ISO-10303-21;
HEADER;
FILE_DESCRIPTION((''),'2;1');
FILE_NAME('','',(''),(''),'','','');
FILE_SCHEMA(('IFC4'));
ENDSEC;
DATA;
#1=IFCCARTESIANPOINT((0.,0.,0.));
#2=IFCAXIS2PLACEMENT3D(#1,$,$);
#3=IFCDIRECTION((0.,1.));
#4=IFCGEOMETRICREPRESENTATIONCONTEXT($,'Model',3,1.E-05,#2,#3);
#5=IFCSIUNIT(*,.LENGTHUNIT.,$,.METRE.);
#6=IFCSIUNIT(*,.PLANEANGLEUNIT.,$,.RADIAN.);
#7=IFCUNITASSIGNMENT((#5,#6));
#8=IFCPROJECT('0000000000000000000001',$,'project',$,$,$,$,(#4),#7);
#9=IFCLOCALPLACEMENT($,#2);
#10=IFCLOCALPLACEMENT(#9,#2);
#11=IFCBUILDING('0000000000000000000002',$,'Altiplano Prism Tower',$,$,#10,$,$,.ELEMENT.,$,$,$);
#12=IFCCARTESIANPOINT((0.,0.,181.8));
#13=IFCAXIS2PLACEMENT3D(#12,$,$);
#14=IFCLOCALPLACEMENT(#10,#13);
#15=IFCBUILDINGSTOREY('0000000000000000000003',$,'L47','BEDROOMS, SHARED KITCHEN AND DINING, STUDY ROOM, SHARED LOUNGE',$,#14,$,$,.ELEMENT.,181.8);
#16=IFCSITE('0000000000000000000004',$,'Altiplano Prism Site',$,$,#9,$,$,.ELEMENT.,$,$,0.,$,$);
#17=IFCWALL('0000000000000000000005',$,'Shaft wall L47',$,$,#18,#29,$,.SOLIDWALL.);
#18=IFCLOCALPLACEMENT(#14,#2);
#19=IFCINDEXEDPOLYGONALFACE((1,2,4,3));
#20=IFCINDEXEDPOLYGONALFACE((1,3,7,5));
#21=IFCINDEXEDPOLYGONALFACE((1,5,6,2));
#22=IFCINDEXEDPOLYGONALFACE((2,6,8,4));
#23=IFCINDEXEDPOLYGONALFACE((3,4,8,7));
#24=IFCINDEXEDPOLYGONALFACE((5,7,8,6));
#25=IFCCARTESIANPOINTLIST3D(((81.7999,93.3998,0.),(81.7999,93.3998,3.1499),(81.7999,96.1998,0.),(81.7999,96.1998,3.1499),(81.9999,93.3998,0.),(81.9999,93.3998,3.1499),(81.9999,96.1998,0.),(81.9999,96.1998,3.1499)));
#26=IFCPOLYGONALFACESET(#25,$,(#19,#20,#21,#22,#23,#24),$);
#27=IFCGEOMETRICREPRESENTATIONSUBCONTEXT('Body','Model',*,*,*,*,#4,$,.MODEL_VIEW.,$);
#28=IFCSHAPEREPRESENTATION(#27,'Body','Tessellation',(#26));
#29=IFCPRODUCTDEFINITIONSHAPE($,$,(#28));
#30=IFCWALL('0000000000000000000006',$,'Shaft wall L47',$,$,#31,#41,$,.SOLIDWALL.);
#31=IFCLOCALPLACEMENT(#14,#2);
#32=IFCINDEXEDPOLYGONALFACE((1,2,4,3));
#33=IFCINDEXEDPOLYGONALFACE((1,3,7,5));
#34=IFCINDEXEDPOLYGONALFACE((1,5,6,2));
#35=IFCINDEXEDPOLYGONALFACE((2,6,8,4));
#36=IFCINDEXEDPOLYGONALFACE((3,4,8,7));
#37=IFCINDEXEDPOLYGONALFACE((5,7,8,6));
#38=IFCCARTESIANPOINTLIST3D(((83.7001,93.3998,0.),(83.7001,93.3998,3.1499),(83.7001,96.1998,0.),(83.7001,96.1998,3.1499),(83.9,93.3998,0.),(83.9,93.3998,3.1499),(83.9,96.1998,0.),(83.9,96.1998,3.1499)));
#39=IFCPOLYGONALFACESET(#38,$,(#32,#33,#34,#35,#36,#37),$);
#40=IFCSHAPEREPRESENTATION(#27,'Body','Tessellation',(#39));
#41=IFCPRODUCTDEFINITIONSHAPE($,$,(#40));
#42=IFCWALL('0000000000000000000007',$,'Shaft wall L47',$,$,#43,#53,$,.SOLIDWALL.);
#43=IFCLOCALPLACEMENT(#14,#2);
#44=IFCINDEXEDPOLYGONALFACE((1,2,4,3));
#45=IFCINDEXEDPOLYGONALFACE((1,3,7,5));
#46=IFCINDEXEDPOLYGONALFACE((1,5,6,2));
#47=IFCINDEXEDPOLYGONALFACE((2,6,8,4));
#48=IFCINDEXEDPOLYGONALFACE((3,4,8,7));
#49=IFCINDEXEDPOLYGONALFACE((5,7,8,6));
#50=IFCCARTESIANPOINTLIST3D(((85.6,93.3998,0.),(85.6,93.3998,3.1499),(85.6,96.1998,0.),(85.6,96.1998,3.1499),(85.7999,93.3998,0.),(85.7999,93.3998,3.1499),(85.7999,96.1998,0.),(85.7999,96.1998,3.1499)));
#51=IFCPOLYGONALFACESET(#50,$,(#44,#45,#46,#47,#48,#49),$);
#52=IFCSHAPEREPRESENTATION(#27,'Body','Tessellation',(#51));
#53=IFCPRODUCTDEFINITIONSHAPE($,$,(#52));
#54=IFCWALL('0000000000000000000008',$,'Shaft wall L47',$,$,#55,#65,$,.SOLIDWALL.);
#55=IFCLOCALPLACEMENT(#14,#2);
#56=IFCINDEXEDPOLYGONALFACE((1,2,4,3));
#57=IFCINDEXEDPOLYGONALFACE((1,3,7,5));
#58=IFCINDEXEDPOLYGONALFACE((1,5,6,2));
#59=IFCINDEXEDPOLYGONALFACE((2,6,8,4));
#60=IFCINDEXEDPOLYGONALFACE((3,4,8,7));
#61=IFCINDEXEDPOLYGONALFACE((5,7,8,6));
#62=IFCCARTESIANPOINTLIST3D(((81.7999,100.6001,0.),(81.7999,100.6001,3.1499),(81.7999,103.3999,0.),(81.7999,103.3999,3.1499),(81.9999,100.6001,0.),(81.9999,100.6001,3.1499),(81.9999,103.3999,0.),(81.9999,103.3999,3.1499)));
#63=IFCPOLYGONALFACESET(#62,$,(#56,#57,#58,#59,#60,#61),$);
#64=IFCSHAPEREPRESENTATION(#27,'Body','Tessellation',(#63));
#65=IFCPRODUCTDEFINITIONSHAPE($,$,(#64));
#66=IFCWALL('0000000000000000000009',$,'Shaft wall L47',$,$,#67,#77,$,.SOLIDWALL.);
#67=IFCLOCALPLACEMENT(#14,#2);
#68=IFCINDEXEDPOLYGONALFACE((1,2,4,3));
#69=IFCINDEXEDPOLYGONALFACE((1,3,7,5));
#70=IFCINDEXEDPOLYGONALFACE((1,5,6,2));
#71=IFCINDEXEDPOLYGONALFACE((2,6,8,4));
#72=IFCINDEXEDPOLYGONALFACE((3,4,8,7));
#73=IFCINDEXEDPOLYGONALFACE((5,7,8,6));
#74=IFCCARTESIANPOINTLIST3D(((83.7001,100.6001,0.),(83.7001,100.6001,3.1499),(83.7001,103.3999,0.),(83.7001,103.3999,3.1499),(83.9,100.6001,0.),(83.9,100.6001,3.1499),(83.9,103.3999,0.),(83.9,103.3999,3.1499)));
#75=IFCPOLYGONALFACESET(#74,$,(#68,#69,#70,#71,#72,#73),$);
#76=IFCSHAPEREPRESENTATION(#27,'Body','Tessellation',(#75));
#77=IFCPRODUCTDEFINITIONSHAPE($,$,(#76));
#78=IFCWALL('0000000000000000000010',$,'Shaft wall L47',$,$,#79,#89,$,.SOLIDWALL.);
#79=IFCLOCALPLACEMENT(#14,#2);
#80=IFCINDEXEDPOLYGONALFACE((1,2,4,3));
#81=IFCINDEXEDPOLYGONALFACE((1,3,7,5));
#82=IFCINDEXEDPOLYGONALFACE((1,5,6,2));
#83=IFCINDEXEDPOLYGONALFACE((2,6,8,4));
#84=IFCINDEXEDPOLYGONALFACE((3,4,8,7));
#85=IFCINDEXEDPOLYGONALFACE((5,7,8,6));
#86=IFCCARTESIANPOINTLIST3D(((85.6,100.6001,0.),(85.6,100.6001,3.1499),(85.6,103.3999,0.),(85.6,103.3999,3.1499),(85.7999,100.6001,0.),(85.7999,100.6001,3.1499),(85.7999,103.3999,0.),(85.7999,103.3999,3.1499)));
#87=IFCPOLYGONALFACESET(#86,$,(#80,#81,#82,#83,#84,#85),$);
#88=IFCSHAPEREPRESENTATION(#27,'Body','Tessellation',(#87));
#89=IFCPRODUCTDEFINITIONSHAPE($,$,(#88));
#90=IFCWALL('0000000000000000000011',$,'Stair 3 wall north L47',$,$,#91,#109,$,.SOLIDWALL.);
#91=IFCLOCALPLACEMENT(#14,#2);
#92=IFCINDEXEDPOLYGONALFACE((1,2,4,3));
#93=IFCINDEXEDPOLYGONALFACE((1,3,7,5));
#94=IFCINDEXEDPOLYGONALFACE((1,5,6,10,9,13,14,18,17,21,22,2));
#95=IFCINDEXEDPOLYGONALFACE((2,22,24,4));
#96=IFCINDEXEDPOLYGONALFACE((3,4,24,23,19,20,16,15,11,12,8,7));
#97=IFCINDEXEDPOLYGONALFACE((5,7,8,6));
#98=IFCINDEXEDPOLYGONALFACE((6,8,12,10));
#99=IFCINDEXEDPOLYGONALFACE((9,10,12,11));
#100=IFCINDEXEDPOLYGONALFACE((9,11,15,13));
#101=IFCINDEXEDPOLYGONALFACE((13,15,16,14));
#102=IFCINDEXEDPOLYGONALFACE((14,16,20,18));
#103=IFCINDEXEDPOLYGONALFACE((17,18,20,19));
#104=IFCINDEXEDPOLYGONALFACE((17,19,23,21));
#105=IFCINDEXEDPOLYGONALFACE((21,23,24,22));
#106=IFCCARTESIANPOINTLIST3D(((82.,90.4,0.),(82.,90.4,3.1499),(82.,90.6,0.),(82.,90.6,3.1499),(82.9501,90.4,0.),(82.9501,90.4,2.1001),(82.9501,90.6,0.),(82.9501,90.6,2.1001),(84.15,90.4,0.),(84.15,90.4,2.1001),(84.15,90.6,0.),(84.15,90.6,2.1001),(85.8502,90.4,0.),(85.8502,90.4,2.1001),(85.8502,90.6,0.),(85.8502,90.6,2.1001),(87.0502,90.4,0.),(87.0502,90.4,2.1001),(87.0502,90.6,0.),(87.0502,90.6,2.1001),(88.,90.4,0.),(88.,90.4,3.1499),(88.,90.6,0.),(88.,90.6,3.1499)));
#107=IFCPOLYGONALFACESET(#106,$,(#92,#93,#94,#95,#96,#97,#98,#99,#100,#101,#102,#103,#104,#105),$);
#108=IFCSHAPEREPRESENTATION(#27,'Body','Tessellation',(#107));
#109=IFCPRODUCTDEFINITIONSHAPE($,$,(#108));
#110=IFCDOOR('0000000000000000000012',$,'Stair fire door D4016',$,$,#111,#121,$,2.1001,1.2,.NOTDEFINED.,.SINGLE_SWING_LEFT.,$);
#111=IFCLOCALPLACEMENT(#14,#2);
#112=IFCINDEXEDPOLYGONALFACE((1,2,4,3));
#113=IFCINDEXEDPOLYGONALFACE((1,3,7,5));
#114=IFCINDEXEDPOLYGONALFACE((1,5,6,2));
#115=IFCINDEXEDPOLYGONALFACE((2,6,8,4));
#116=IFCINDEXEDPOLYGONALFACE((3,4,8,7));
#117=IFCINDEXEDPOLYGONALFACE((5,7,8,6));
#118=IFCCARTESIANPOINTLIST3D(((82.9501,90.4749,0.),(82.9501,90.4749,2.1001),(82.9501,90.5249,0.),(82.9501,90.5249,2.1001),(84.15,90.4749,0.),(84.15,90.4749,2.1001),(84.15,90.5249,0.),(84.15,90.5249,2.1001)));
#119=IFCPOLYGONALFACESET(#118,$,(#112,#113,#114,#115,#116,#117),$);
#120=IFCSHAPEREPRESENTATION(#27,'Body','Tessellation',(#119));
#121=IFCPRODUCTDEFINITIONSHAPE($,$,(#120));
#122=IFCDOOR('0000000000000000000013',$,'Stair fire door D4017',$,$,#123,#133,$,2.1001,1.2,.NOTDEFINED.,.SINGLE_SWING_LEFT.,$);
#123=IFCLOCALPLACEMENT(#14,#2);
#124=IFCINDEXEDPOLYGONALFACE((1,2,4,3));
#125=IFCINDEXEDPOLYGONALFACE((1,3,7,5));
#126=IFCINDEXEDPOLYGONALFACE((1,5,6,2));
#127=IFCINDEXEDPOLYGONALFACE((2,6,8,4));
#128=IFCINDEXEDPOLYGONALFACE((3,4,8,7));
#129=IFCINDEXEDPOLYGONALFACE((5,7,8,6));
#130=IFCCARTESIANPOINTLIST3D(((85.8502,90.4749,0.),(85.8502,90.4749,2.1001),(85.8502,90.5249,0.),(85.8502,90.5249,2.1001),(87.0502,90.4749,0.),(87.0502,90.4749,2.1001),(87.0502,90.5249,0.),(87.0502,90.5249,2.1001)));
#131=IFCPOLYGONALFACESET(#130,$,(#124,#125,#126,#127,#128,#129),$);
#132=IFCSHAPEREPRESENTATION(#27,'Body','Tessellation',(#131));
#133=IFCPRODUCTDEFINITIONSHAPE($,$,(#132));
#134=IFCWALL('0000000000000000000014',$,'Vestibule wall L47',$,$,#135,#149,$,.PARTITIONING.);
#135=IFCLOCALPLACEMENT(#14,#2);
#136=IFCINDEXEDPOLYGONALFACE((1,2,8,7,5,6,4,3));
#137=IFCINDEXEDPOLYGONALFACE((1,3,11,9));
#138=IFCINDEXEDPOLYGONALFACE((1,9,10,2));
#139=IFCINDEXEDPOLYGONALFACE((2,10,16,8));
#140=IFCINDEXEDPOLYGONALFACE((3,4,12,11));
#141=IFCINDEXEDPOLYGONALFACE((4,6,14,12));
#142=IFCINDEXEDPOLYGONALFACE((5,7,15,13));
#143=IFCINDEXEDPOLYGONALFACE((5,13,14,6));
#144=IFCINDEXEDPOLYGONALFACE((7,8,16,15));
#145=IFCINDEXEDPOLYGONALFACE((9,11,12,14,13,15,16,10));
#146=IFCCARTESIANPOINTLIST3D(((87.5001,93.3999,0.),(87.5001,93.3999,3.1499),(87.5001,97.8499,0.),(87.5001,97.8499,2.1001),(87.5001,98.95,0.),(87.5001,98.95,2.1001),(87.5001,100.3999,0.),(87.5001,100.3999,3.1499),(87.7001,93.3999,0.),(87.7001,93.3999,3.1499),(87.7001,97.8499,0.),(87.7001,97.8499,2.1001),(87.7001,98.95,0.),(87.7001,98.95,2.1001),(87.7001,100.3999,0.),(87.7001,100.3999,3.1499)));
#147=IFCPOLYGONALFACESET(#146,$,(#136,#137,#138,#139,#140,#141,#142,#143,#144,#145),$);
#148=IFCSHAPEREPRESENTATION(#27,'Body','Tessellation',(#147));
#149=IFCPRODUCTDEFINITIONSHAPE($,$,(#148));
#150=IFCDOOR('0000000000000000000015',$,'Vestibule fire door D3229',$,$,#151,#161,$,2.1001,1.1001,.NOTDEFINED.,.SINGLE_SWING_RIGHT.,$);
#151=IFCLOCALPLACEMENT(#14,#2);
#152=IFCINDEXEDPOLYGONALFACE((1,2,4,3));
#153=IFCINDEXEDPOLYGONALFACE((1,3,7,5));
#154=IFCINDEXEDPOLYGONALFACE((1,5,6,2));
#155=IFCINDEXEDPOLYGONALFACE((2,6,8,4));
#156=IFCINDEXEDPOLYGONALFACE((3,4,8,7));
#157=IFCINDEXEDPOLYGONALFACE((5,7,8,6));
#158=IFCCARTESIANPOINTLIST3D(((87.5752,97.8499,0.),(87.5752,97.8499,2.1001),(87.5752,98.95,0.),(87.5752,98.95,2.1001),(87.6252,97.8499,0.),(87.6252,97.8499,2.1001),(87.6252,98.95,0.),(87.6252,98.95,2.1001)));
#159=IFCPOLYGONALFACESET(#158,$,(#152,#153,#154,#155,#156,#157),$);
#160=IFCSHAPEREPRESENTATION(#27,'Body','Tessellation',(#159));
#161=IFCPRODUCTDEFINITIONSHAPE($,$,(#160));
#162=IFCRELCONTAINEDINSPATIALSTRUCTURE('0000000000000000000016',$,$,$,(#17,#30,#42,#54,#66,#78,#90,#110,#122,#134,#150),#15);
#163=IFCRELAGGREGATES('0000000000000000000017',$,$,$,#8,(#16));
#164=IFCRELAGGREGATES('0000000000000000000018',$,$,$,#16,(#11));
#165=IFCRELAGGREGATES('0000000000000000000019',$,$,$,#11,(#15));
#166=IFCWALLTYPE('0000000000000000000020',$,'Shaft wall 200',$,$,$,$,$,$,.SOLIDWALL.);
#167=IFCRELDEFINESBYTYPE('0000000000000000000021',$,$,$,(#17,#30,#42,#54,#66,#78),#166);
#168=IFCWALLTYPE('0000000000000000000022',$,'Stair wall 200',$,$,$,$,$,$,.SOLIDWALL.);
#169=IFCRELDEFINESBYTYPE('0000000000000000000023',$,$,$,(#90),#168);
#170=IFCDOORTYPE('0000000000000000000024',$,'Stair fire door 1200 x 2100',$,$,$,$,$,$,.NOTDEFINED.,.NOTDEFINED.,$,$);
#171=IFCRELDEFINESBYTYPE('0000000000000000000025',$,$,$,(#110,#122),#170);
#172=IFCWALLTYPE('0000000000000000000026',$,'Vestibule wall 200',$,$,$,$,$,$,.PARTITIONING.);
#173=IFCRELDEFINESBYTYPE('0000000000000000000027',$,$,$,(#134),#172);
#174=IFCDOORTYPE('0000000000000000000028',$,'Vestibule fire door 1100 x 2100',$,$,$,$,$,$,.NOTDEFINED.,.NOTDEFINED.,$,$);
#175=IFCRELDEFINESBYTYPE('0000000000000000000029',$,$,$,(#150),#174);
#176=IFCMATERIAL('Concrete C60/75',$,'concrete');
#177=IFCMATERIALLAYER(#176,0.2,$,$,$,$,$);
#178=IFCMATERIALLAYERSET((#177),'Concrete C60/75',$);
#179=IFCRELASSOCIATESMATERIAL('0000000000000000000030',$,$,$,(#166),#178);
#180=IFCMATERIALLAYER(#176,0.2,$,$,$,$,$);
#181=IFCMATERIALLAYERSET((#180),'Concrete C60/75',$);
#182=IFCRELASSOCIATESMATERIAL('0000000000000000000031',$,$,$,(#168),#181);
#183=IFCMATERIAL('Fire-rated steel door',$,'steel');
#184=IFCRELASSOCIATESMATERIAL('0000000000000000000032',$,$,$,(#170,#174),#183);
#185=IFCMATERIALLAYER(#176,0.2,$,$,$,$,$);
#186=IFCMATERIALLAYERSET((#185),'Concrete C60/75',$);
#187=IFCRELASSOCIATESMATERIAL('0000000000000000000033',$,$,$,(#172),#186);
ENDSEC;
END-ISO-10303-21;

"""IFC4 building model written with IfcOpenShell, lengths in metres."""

from ifc_helpers import new_model, si_unit, direction, frame, frame_2d, origin, place, context, subcontext, project, spatial, rectangle, extrude, material, layer, layer_set, type_object, element, fill, save


model = new_model("IFC4")

# Units and contexts
model_context = context("Model", 3, precision=1e-05, world=origin(), true_north=direction((0.0, 1.0)))
body_context = subcontext(model_context, "Body", "Model", "MODEL_VIEW")
ifc_project = project(units=[si_unit("LENGTHUNIT", "METRE"), si_unit("PLANEANGLEUNIT", "RADIAN")], contexts=[model_context])

# Site, building, storey
site_placement = place(None, origin())
site = spatial("IfcSite", under=ifc_project, at=site_placement, Name="Altiplano Prism Site", CompositionType="ELEMENT", RefElevation=0.0)
building_placement = place(site_placement, origin())
building = spatial("IfcBuilding", under=site, at=building_placement, Name="Altiplano Prism Tower", CompositionType="ELEMENT")
storey_placement = place(building_placement, frame((0.0, 0.0, 181.8)))
storey = spatial("IfcBuildingStorey", under=building, at=storey_placement, Name="L47", Description="BEDROOMS, SHARED KITCHEN AND DINING, STUDY ROOM, SHARED LOUNGE", CompositionType="ELEMENT", Elevation=181.8)

# Walls
ifc_material_1 = material(Name="Concrete C60/75", Category="concrete")
ifc_layer_1 = layer(ifc_material_1, 0.2)
ifc_layer_set_1 = layer_set([ifc_layer_1], Name="Concrete C60/75")
wall_type_1 = type_object("IfcWallType", Name="Shaft wall 200", PredefinedType="SOLIDWALL", material=ifc_layer_set_1)
for number, where, z_axis, x_axis, name in (
    (1, (81.8999, 93.3999, 0.0), (0.0, 0.0, 1.0), (0.0, 1.0, 0.0), "Shaft wall L47"),
    (2, (83.8, 93.3999, 0.0), (0.0, 0.0, 1.0), (0.0, 1.0, 0.0), "Shaft wall L47"),
    (3, (85.7, 93.3999, 0.0), (0.0, 0.0, 1.0), (0.0, 1.0, 0.0), "Shaft wall L47"),
):
    element("IfcWall", number, at=place(storey_placement, frame(where, z_axis=z_axis, x_axis=x_axis)), inside=storey, type_object=wall_type_1, Name=name, PredefinedType="SOLIDWALL", context=body_context, shape_type="SweptSolid", body=[
        extrude(rectangle(XDim=2.8, YDim=0.2, at=frame_2d((1.3999, 0.0))), origin(), (0.0, 0.0, 1.0), 3.1499),
    ])
for number, where, z_axis, x_axis, name in (
    (4, (81.8999, 100.6001, 0.0), (0.0, 0.0, 1.0), (0.0, 1.0, 0.0), "Shaft wall L47"),
    (5, (83.8, 100.6001, 0.0), (0.0, 0.0, 1.0), (0.0, 1.0, 0.0), "Shaft wall L47"),
    (6, (85.7, 100.6001, 0.0), (0.0, 0.0, 1.0), (0.0, 1.0, 0.0), "Shaft wall L47"),
):
    element("IfcWall", number, at=place(storey_placement, frame(where, z_axis=z_axis, x_axis=x_axis)), inside=storey, type_object=wall_type_1, Name=name, PredefinedType="SOLIDWALL", context=body_context, shape_type="SweptSolid", body=[
        extrude(rectangle(XDim=2.7998, YDim=0.2, at=frame_2d((1.3999, 0.0))), origin(), (0.0, 0.0, 1.0), 3.1499),
    ])

# Wall, openings, doors
ifc_layer_2 = layer(ifc_material_1, 0.2)
ifc_layer_set_2 = layer_set([ifc_layer_2], Name="Concrete C60/75")
wall_type_2 = type_object("IfcWallType", Name="Stair wall 200", PredefinedType="SOLIDWALL", material=ifc_layer_set_2)
wall_1_placement = place(storey_placement, frame((82.0, 90.5, 0.0), z_axis=(0.0, 0.0, 1.0), x_axis=(1.0, 0.0, 0.0)))
wall_1 = element("IfcWall", 7, at=wall_1_placement, inside=storey, type_object=wall_type_2, Name="Stair 3 wall north L47", PredefinedType="SOLIDWALL", context=body_context, shape_type="SweptSolid", body=[
    extrude(rectangle(XDim=6.0, YDim=0.2, at=frame_2d((3.0, 0.0))), origin(), (0.0, 0.0, 1.0), 3.1499),
])
opening_1_placement = place(wall_1_placement, frame((0.95, 0.0, 0.0)))
opening_1 = element("IfcOpeningElement", 8, at=opening_1_placement, cuts=wall_1, PredefinedType="OPENING", context=body_context, shape_type="SweptSolid", body=[
    extrude(rectangle(XDim=1.2, YDim=2.1001, at=frame_2d((0.6001, 1.05))), frame((0.0, 0.1104, 0.0), z_axis=(0.0, -1.0, 0.0), x_axis=(1.0, 0.0, 0.0)), (0.0, 0.0, 1.0), 0.2209),
])
opening_2_placement = place(wall_1_placement, frame((3.8501, 0.0, 0.0)))
opening_2 = element("IfcOpeningElement", 9, at=opening_2_placement, cuts=wall_1, PredefinedType="OPENING", context=body_context, shape_type="SweptSolid", body=[
    extrude(rectangle(XDim=1.2, YDim=2.1001, at=frame_2d((0.6001, 1.05))), frame((0.0, 0.1104, 0.0), z_axis=(0.0, -1.0, 0.0), x_axis=(1.0, 0.0, 0.0)), (0.0, 0.0, 1.0), 0.2209),
])
ifc_material_2 = material(Name="Fire-rated steel door", Category="steel")
door_type_1 = type_object("IfcDoorType", Name="Stair fire door 1200 x 2100", OperationType="NOTDEFINED", PredefinedType="NOTDEFINED", material=ifc_material_2)
door_1_placement = place(opening_1_placement, origin())
door_1 = element("IfcDoor", 10, at=door_1_placement, inside=storey, type_object=door_type_1, Name="Stair fire door D4016", OperationType="SINGLE_SWING_LEFT", OverallHeight=2.1001, OverallWidth=1.2, PredefinedType="NOTDEFINED", context=body_context, shape_type="SweptSolid", body=[
    extrude(rectangle(XDim=1.2, YDim=2.1001, at=frame_2d((0.6001, 1.05))), frame((0.0, 0.0249, 0.0), z_axis=(0.0, -1.0, 0.0), x_axis=(1.0, 0.0, 0.0)), (0.0, 0.0, 1.0), 0.05),
])
fill(opening_1, door_1)
door_2_placement = place(opening_2_placement, origin())
door_2 = element("IfcDoor", 11, at=door_2_placement, inside=storey, type_object=door_type_1, Name="Stair fire door D4017", OperationType="SINGLE_SWING_LEFT", OverallHeight=2.1001, OverallWidth=1.2, PredefinedType="NOTDEFINED", context=body_context, shape_type="SweptSolid", body=[
    extrude(rectangle(XDim=1.2, YDim=2.1001, at=frame_2d((0.6001, 1.05))), frame((0.0, 0.0249, 0.0), z_axis=(0.0, -1.0, 0.0), x_axis=(1.0, 0.0, 0.0)), (0.0, 0.0, 1.0), 0.05),
])
fill(opening_2, door_2)

# Wall, opening, door
ifc_layer_3 = layer(ifc_material_1, 0.2)
ifc_layer_set_3 = layer_set([ifc_layer_3], Name="Concrete C60/75")
wall_type_3 = type_object("IfcWallType", Name="Vestibule wall 200", PredefinedType="PARTITIONING", material=ifc_layer_set_3)
wall_2_placement = place(storey_placement, frame((87.6001, 93.3999, 0.0), z_axis=(0.0, 0.0, 1.0), x_axis=(0.0, 1.0, 0.0)))
wall_2 = element("IfcWall", 12, at=wall_2_placement, inside=storey, type_object=wall_type_3, Name="Vestibule wall L47", PredefinedType="PARTITIONING", context=body_context, shape_type="SweptSolid", body=[
    extrude(rectangle(XDim=7.0, YDim=0.2, at=frame_2d((3.5, 0.0))), origin(), (0.0, 0.0, 1.0), 3.1499),
])
opening_3_placement = place(wall_2_placement, frame((4.45, 0.0, 0.0)))
opening_3 = element("IfcOpeningElement", 13, at=opening_3_placement, cuts=wall_2, PredefinedType="OPENING", context=body_context, shape_type="SweptSolid", body=[
    extrude(rectangle(XDim=1.1001, YDim=2.1001, at=frame_2d((0.55, 1.05))), frame((0.0, 0.1104, 0.0), z_axis=(0.0, -1.0, 0.0), x_axis=(1.0, 0.0, 0.0)), (0.0, 0.0, 1.0), 0.2209),
])
door_type_2 = type_object("IfcDoorType", Name="Vestibule fire door 1100 x 2100", OperationType="NOTDEFINED", PredefinedType="NOTDEFINED", material=ifc_material_2)
door_3_placement = place(opening_3_placement, origin())
door_3 = element("IfcDoor", 14, at=door_3_placement, inside=storey, type_object=door_type_2, Name="Vestibule fire door D3229", OperationType="SINGLE_SWING_RIGHT", OverallHeight=2.1001, OverallWidth=1.1001, PredefinedType="NOTDEFINED", context=body_context, shape_type="SweptSolid", body=[
    extrude(rectangle(XDim=1.1001, YDim=2.1001, at=frame_2d((0.55, 1.05))), frame((0.0, 0.0249, 0.0), z_axis=(0.0, -1.0, 0.0), x_axis=(1.0, 0.0, 0.0)), (0.0, 0.0, 1.0), 0.05),
])
fill(opening_3, door_3)

save(model, "model.ifc")
